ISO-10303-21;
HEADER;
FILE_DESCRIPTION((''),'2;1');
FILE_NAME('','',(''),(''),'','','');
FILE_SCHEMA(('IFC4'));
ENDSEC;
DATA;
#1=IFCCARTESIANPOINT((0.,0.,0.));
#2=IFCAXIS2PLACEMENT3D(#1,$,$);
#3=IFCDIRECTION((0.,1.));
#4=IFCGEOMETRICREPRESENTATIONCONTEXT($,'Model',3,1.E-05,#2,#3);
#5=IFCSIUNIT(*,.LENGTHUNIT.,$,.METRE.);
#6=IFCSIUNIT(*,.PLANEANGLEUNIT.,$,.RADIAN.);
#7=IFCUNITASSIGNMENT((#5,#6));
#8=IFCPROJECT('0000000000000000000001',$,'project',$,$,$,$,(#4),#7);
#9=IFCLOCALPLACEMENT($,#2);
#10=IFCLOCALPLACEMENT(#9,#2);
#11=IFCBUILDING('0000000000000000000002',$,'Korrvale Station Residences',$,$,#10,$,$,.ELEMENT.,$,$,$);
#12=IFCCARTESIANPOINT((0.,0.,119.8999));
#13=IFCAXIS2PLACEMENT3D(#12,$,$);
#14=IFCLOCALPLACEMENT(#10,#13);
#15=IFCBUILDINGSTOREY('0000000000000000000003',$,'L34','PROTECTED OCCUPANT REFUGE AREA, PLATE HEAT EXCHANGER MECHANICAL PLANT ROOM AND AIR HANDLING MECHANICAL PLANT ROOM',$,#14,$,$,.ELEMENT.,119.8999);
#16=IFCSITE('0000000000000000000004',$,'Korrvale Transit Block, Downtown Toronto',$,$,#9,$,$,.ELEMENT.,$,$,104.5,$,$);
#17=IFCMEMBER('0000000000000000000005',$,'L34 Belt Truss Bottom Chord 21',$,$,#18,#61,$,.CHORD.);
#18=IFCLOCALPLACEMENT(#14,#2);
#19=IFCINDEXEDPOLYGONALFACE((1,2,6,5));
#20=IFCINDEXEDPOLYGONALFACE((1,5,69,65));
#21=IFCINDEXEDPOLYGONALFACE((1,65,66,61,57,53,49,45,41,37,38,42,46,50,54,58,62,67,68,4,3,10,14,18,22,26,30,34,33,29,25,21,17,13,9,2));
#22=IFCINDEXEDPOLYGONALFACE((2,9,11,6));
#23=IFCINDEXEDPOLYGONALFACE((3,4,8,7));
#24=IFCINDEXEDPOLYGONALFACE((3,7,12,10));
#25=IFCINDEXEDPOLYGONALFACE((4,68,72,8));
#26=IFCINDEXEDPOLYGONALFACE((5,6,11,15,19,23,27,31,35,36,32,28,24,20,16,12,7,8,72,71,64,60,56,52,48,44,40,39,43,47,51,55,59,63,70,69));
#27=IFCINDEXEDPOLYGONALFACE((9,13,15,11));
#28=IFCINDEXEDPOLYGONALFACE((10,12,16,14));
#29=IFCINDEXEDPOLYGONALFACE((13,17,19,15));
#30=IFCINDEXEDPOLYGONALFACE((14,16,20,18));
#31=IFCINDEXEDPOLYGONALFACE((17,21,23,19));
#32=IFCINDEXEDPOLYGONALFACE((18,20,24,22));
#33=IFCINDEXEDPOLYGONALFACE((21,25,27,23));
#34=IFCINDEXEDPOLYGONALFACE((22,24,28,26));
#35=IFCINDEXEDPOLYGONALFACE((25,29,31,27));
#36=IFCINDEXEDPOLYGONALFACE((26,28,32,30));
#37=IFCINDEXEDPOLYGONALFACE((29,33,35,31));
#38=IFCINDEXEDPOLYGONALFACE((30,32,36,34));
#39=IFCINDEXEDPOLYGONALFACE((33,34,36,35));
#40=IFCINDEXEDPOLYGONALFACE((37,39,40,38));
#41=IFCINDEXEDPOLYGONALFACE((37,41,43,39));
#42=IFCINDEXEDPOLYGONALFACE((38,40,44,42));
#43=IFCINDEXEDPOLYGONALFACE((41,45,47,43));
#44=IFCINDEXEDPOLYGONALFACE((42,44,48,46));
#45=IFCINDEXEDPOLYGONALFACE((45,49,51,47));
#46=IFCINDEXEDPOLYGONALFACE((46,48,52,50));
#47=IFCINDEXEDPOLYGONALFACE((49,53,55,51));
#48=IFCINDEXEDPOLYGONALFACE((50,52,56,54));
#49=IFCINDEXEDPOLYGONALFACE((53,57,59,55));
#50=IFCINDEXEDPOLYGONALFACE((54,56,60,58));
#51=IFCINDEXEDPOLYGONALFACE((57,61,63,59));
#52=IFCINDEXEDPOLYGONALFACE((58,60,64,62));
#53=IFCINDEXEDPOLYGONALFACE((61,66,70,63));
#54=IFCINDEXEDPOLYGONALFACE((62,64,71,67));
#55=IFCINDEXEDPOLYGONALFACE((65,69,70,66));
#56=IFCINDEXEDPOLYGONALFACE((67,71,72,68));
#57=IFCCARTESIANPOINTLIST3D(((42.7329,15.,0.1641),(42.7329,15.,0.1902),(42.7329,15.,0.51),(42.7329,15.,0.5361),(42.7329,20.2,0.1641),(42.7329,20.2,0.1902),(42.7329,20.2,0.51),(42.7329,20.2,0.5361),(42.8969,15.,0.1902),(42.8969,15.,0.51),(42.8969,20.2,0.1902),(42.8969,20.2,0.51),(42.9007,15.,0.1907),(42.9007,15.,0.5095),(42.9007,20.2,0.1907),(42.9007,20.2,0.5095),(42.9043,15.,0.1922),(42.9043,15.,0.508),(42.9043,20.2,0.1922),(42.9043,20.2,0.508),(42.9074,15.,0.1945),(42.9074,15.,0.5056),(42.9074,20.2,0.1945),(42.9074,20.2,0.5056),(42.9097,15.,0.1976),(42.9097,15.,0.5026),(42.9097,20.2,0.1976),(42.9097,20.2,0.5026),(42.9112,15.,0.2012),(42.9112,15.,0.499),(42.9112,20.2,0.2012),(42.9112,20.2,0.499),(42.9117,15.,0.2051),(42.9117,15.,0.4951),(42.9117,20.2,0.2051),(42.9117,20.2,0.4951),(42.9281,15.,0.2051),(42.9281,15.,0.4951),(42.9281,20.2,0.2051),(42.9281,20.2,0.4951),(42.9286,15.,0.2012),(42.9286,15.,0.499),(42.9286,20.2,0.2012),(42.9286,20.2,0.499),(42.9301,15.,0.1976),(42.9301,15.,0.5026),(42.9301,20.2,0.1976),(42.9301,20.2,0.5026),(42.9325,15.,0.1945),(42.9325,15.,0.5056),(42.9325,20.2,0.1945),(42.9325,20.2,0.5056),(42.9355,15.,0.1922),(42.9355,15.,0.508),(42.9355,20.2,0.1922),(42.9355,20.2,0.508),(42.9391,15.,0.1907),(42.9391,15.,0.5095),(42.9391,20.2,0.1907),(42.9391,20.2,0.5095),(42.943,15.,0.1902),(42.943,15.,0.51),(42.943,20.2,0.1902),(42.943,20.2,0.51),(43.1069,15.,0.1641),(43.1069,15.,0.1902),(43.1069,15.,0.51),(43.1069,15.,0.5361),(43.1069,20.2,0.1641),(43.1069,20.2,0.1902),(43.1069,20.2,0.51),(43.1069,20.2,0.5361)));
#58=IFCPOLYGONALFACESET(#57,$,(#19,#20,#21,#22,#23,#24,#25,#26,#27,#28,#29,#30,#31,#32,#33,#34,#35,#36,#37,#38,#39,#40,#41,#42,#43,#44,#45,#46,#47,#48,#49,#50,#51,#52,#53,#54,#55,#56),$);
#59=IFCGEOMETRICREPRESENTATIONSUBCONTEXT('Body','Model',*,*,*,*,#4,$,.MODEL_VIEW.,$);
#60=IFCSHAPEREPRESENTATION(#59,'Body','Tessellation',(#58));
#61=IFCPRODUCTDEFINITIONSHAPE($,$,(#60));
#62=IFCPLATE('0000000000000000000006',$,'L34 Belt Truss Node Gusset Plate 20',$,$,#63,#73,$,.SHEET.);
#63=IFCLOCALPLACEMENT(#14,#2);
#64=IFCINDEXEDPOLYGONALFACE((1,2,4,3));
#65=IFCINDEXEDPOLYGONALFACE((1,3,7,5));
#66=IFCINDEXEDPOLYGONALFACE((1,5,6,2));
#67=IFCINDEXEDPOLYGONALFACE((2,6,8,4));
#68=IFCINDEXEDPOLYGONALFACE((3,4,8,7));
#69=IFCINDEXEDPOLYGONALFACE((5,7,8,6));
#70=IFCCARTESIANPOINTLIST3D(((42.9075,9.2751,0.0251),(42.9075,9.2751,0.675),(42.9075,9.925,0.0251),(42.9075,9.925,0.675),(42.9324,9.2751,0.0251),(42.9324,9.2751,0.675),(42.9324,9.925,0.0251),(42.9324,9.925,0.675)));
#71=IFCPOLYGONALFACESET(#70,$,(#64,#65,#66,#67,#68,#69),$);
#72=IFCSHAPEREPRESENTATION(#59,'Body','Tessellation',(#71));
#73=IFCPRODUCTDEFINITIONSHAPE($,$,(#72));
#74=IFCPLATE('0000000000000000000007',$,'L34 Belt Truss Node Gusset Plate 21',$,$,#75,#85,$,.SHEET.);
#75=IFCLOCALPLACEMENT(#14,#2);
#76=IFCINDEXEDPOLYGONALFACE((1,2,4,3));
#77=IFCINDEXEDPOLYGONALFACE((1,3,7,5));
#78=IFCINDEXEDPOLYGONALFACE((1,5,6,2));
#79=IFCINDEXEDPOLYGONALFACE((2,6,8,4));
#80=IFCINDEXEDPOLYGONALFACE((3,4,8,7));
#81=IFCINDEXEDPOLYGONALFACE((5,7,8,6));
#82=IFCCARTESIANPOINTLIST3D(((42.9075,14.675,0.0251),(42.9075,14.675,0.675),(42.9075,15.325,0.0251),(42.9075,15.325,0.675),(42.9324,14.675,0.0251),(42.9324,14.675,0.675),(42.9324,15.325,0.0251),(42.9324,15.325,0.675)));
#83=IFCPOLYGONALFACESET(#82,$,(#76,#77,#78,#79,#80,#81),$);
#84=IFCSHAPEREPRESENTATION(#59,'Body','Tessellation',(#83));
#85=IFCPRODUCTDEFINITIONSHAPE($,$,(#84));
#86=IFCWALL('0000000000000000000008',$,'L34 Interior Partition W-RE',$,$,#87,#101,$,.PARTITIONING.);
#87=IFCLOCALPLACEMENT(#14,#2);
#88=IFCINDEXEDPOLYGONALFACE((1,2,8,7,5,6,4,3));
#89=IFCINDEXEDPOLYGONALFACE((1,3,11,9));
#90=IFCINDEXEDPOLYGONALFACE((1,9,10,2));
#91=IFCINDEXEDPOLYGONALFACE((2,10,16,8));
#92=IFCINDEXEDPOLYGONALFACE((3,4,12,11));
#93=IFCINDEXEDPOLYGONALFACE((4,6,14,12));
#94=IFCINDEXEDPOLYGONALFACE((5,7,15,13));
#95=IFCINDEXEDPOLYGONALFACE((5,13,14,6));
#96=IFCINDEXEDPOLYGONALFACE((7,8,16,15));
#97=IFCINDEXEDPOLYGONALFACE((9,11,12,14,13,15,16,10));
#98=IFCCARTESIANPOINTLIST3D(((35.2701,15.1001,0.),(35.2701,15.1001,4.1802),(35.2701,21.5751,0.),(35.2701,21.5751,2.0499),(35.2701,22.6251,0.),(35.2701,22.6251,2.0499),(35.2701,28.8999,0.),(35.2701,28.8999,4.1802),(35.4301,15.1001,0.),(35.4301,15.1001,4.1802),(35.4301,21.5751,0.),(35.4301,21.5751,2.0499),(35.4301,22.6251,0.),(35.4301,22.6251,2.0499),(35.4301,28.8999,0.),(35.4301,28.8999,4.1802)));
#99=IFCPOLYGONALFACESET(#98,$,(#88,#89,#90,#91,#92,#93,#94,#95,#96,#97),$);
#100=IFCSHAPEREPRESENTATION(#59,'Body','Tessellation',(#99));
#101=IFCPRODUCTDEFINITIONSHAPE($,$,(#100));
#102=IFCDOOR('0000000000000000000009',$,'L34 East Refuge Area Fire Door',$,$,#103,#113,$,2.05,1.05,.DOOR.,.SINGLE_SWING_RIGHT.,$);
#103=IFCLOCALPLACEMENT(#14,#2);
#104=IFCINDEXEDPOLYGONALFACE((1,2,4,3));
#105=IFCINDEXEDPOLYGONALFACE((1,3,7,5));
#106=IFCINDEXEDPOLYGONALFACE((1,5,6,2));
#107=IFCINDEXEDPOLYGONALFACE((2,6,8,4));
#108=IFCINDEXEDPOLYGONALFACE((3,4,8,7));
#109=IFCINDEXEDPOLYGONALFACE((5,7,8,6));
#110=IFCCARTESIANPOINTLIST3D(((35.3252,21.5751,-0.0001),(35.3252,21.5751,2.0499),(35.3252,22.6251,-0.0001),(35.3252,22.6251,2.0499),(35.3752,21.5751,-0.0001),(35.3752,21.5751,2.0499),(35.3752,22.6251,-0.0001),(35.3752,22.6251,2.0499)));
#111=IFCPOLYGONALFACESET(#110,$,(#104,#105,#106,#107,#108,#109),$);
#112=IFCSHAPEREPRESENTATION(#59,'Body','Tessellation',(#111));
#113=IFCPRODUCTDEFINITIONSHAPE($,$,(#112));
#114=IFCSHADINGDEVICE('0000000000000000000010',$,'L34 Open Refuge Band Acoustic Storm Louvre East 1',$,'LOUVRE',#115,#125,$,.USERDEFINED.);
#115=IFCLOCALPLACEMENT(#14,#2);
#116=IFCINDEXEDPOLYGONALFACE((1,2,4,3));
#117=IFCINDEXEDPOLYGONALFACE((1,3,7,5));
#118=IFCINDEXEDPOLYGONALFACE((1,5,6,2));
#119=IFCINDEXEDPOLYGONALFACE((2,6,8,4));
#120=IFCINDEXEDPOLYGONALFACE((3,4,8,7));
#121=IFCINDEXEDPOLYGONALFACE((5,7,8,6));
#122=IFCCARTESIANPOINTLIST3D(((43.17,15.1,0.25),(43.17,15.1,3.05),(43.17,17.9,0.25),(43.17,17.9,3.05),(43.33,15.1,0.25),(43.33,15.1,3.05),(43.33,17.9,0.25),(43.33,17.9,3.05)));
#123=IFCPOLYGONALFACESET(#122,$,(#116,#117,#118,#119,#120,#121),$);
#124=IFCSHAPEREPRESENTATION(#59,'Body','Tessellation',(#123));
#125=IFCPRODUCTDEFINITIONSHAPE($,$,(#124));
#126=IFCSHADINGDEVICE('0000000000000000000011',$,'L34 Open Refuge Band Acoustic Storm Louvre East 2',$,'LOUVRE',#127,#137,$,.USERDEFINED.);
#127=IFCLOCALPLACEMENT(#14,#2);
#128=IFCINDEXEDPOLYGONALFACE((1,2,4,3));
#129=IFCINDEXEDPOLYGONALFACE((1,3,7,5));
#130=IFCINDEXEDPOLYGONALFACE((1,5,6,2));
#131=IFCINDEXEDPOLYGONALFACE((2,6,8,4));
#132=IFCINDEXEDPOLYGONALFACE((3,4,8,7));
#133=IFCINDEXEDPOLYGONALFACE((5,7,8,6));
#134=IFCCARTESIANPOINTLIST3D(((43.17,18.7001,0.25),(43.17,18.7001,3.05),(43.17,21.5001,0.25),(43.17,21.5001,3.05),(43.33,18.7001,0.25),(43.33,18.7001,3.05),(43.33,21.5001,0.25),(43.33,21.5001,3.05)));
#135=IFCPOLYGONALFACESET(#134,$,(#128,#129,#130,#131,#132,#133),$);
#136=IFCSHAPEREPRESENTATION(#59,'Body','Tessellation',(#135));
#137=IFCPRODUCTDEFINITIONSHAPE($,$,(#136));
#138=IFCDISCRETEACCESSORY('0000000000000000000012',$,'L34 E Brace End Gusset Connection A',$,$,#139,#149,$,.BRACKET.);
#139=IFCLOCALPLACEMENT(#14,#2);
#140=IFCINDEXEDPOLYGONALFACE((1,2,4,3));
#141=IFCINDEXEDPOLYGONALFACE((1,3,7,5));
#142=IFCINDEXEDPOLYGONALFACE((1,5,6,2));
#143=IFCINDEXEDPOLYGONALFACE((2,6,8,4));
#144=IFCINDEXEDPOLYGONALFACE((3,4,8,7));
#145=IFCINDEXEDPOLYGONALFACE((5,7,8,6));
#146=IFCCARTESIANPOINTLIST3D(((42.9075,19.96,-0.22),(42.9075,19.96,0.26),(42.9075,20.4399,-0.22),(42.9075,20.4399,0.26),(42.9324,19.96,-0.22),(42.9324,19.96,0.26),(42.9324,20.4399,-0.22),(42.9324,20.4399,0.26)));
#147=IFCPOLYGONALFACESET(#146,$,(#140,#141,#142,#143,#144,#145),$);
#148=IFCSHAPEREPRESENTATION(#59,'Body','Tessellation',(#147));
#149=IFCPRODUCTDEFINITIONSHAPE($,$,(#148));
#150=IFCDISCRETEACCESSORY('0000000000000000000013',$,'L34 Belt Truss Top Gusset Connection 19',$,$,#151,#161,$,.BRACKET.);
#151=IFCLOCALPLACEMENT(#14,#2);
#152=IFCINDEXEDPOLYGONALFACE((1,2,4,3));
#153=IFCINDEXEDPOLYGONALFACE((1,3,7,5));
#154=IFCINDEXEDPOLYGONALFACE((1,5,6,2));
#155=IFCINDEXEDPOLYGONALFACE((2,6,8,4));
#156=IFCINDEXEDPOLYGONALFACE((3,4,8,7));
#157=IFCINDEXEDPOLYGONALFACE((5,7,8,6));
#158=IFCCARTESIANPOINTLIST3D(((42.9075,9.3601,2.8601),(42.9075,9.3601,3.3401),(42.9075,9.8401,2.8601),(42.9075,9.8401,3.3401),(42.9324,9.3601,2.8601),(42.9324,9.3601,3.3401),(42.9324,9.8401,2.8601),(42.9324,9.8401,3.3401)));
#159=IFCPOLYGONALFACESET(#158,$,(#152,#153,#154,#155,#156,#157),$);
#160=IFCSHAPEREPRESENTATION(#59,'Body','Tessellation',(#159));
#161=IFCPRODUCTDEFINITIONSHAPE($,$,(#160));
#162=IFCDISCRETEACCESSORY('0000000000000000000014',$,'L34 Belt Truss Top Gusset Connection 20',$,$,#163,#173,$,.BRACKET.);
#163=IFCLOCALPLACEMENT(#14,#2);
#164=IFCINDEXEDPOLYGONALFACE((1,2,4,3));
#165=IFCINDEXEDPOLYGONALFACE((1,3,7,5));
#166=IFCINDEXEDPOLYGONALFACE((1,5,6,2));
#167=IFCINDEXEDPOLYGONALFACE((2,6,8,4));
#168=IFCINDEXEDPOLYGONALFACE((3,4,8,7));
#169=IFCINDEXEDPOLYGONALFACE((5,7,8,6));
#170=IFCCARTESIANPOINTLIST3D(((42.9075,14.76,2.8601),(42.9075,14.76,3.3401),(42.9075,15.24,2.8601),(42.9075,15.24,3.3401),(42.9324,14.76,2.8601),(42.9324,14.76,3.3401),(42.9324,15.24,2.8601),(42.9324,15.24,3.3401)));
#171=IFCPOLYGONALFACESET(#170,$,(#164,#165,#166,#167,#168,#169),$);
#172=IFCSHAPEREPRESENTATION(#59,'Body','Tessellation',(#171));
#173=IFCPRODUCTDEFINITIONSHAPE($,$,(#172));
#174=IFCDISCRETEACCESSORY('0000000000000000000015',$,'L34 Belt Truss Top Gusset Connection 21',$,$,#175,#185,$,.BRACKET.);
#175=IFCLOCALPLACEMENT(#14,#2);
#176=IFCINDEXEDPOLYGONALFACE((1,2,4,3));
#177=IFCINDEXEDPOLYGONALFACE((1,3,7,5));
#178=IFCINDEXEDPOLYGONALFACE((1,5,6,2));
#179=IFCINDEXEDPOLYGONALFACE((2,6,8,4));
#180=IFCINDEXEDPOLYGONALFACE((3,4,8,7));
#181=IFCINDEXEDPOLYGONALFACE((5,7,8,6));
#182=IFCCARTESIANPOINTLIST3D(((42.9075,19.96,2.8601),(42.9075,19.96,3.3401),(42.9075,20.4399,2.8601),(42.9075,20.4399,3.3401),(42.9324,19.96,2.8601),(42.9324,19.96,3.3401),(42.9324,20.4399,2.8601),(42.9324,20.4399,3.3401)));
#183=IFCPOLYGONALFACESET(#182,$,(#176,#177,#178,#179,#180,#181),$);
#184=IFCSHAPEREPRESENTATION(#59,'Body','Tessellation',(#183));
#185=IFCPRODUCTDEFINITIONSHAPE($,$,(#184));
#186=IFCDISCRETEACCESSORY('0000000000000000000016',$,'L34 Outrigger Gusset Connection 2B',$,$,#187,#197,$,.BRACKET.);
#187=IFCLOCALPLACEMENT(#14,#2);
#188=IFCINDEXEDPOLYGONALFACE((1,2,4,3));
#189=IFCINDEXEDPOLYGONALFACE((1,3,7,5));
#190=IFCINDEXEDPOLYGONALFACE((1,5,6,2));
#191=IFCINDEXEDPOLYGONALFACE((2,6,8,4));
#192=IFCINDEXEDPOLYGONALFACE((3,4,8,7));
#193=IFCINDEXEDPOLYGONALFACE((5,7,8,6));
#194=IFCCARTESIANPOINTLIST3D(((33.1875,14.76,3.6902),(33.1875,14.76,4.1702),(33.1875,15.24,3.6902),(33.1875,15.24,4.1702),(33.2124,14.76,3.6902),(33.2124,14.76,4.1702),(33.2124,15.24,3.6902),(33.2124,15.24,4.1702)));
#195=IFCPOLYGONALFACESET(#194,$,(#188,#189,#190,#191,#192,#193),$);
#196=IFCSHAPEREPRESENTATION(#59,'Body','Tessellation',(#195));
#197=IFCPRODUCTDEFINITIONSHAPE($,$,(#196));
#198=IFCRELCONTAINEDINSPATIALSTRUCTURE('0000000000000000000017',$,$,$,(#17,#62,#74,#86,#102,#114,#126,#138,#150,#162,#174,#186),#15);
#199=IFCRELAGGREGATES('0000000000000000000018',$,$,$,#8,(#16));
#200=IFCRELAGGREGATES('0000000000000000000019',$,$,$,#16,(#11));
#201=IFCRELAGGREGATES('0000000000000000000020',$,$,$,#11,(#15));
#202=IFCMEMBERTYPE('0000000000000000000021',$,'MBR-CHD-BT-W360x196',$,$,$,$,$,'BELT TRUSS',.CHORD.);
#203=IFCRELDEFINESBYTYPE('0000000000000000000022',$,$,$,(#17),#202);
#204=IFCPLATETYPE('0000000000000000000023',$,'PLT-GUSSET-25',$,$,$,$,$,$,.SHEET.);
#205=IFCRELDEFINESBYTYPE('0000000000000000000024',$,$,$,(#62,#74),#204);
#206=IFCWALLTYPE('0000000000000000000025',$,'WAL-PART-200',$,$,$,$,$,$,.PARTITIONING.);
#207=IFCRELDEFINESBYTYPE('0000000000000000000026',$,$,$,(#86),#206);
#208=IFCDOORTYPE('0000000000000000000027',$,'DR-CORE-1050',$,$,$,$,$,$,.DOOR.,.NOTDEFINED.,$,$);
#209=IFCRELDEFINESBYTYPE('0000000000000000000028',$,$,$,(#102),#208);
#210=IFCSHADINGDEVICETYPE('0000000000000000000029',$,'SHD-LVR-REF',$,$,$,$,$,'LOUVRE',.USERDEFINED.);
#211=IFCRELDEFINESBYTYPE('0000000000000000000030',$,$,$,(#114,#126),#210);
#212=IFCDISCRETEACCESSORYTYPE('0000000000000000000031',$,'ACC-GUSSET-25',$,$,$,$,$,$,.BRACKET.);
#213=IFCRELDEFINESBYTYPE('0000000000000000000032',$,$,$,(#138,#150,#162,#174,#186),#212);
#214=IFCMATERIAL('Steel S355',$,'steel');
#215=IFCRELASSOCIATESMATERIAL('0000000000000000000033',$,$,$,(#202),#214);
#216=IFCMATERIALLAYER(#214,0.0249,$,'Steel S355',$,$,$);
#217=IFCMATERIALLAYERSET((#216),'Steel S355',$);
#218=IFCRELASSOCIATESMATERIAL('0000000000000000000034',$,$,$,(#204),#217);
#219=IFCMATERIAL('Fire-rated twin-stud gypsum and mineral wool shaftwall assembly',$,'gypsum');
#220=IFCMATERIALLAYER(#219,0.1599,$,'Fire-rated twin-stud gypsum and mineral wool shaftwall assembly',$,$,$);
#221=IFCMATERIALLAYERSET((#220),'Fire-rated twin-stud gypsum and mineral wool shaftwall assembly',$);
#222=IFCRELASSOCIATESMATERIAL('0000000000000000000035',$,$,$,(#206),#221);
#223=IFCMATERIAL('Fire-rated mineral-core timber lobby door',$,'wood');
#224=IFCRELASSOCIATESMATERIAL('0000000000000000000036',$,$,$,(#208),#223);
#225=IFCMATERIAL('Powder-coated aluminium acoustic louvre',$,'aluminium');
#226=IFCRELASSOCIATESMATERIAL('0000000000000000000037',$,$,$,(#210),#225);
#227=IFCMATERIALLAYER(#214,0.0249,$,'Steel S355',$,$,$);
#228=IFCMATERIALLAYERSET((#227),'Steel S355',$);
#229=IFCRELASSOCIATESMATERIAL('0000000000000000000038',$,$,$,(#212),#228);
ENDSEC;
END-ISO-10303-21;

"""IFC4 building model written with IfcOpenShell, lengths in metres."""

from ifc_helpers import new_model, si_unit, direction, frame, frame_2d, origin, origin_2d, place, context, subcontext, project, spatial, rectangle, i_section, extrude, material, layer, layer_set, material_profile, profile_set, type_object, element, fill, save


model = new_model("IFC4")

# Units and contexts
model_context = context("Model", 3, precision=1e-05, world=origin(), true_north=direction((0.0, 1.0)))
body_context = subcontext(model_context, "Body", "Model", "MODEL_VIEW")
ifc_project = project(units=[si_unit("LENGTHUNIT", "METRE"), si_unit("PLANEANGLEUNIT", "RADIAN")], contexts=[model_context])

# Site, building, storey
site_placement = place(None, origin())
site = spatial("IfcSite", under=ifc_project, at=site_placement, Name="Korrvale Transit Block, Downtown Toronto", CompositionType="ELEMENT", RefElevation=104.5)
building_placement = place(site_placement, origin())
building = spatial("IfcBuilding", under=site, at=building_placement, Name="Korrvale Station Residences", CompositionType="ELEMENT")
storey_placement = place(building_placement, frame((0.0, 0.0, 119.8999)))
storey = spatial("IfcBuildingStorey", under=building, at=storey_placement, Name="L34", Description="PROTECTED OCCUPANT REFUGE AREA, PLATE HEAT EXCHANGER MECHANICAL PLANT ROOM AND AIR HANDLING MECHANICAL PLANT ROOM", CompositionType="ELEMENT", Elevation=119.8999)

# Member
ifc_material_1 = material(Name="Steel S355", Category="steel")
ifc_material_profile_1 = material_profile(ifc_material_1, i_section(OverallWidth=0.374, OverallDepth=0.3721, WebThickness=0.0164, FlangeThickness=0.0261, FilletRadius=0.0149, at=origin_2d()), Name="W360x196")
ifc_profile_set_1 = profile_set([ifc_material_profile_1], Name="Steel S355")
member_type_1 = type_object("IfcMemberType", Name="MBR-CHD-BT-W360x196", ElementType="BELT TRUSS", PredefinedType="CHORD", material=ifc_profile_set_1)
member_1_placement = place(storey_placement, frame((42.9199, 15.0, 0.3501), z_axis=(0.0, 1.0, 0.0), x_axis=(-1.0, 0.0, 0.0)))
element("IfcMember", 1, at=member_1_placement, inside=storey, type_object=member_type_1, Name="L34 Belt Truss Bottom Chord 21", PredefinedType="CHORD", context=body_context, shape_type="SweptSolid", body=[
    extrude(i_section(OverallWidth=0.374, OverallDepth=0.3721, WebThickness=0.0164, FlangeThickness=0.0261, FilletRadius=0.0149, at=origin_2d()), origin(), (0.0, 0.0, 1.0), 5.2),
])

# Plates
ifc_layer_1 = layer(ifc_material_1, 0.0249, Name="Steel S355")
ifc_layer_set_1 = layer_set([ifc_layer_1], Name="Steel S355")
plate_type = type_object("IfcPlateType", Name="PLT-GUSSET-25", PredefinedType="SHEET", material=ifc_layer_set_1)
for number, where, z_axis, x_axis, name in (
    (2, (42.9199, 9.6001, 0.0251), (0.0, 0.0, 1.0), (0.0, 1.0, 0.0), "L34 Belt Truss Node Gusset Plate 20"),
    (3, (42.9199, 15.0, 0.0251), (0.0, 0.0, 1.0), (0.0, 1.0, 0.0), "L34 Belt Truss Node Gusset Plate 21"),
):
    element("IfcPlate", number, at=place(storey_placement, frame(where, z_axis=z_axis, x_axis=x_axis)), inside=storey, type_object=plate_type, Name=name, PredefinedType="SHEET", context=body_context, shape_type="SweptSolid", body=[
        extrude(rectangle(XDim=0.6499, YDim=0.0249, at=origin_2d()), origin(), (0.0, 0.0, 1.0), 0.6499),
    ])

# Wall, opening, door
ifc_material_2 = material(Name="Fire-rated twin-stud gypsum and mineral wool shaftwall assembly", Category="gypsum")
ifc_layer_2 = layer(ifc_material_2, 0.1599, Name="Fire-rated twin-stud gypsum and mineral wool shaftwall assembly")
ifc_layer_set_2 = layer_set([ifc_layer_2], Name="Fire-rated twin-stud gypsum and mineral wool shaftwall assembly")
wall_type = type_object("IfcWallType", Name="WAL-PART-200", PredefinedType="PARTITIONING", material=ifc_layer_set_2)
wall_placement = place(storey_placement, frame((35.3501, 15.1001, 0.0), z_axis=(0.0, 0.0, 1.0), x_axis=(0.0, 1.0, 0.0)))
wall = element("IfcWall", 4, at=wall_placement, inside=storey, type_object=wall_type, Name="L34 Interior Partition W-RE", PredefinedType="PARTITIONING", context=body_context, shape_type="SweptSolid", body=[
    extrude(rectangle(XDim=13.7998, YDim=0.1599, at=frame_2d((6.8999, 0.0))), origin(), (0.0, 0.0, 1.0), 4.1802),
])
opening_placement = place(wall_placement, frame((6.4751, 0.0, 0.0)))
opening = element("IfcOpeningElement", 5, at=opening_placement, cuts=wall, PredefinedType="OPENING", context=body_context, shape_type="SweptSolid", body=[
    extrude(rectangle(XDim=1.05, YDim=2.05, at=frame_2d((0.5249, 1.0249))), frame((0.0, 0.0898, 0.0), z_axis=(0.0, -1.0, 0.0), x_axis=(1.0, 0.0, 0.0)), (0.0, 0.0, 1.0), 0.1799),
])
ifc_material_3 = material(Name="Fire-rated mineral-core timber lobby door", Category="wood")
door_type = type_object("IfcDoorType", Name="DR-CORE-1050", OperationType="NOTDEFINED", PredefinedType="DOOR", material=ifc_material_3)
door_placement = place(opening_placement, origin())
door = element("IfcDoor", 6, at=door_placement, inside=storey, type_object=door_type, Name="L34 East Refuge Area Fire Door", OperationType="SINGLE_SWING_RIGHT", OverallHeight=2.05, OverallWidth=1.05, PredefinedType="DOOR", context=body_context, shape_type="SweptSolid", body=[
    extrude(rectangle(XDim=1.05, YDim=2.05, at=frame_2d((0.5249, 1.0249))), frame((0.0, 0.0249, 0.0), z_axis=(0.0, -1.0, 0.0), x_axis=(1.0, 0.0, 0.0)), (0.0, 0.0, 1.0), 0.05),
])
fill(opening, door)

# Shading devices
ifc_material_4 = material(Name="Powder-coated aluminium acoustic louvre", Category="aluminium")
shading_device_type = type_object("IfcShadingDeviceType", Name="SHD-LVR-REF", ElementType="LOUVRE", PredefinedType="USERDEFINED", material=ifc_material_4)
for number, where, z_axis, x_axis, name in (
    (7, (43.25, 16.5, 0.25), (0.0, 0.0, 1.0), (1.0, 0.0, 0.0), "L34 Open Refuge Band Acoustic Storm Louvre East 1"),
    (8, (43.25, 20.1001, 0.25), (0.0, 0.0, 1.0), (1.0, 0.0, 0.0), "L34 Open Refuge Band Acoustic Storm Louvre East 2"),
):
    element("IfcShadingDevice", number, at=place(storey_placement, frame(where, z_axis=z_axis, x_axis=x_axis)), inside=storey, type_object=shading_device_type, Name=name, ObjectType="LOUVRE", PredefinedType="USERDEFINED", context=body_context, shape_type="SweptSolid", body=[
        extrude(rectangle(XDim=0.1599, YDim=2.8, at=origin_2d()), origin(), (0.0, 0.0, 1.0), 2.8),
    ])

# Discrete accessories
ifc_layer_3 = layer(ifc_material_1, 0.0249, Name="Steel S355")
ifc_layer_set_3 = layer_set([ifc_layer_3], Name="Steel S355")
discrete_accessory_type = type_object("IfcDiscreteAccessoryType", Name="ACC-GUSSET-25", PredefinedType="BRACKET", material=ifc_layer_set_3)
for number, where, z_axis, x_axis, name in (
    (9, (42.9199, 20.2, -0.22), (0.0, 0.0, 1.0), (0.0, 1.0, 0.0), "L34 E Brace End Gusset Connection A"),
    (10, (42.9199, 9.6001, 2.8601), (0.0, 0.0, 1.0), (0.0, 1.0, 0.0), "L34 Belt Truss Top Gusset Connection 19"),
    (11, (42.9199, 15.0, 2.8601), (0.0, 0.0, 1.0), (0.0, 1.0, 0.0), "L34 Belt Truss Top Gusset Connection 20"),
    (12, (42.9199, 20.2, 2.8601), (0.0, 0.0, 1.0), (0.0, 1.0, 0.0), "L34 Belt Truss Top Gusset Connection 21"),
    (13, (33.2, 15.0, 3.6902), (0.0, 0.0, 1.0), (0.0, 1.0, 0.0), "L34 Outrigger Gusset Connection 2B"),
):
    element("IfcDiscreteAccessory", number, at=place(storey_placement, frame(where, z_axis=z_axis, x_axis=x_axis)), inside=storey, type_object=discrete_accessory_type, Name=name, PredefinedType="BRACKET", context=body_context, shape_type="SweptSolid", body=[
        extrude(rectangle(XDim=0.48, YDim=0.0249, at=origin_2d()), origin(), (0.0, 0.0, 1.0), 0.48),
    ])

save(model, "model.ifc")
